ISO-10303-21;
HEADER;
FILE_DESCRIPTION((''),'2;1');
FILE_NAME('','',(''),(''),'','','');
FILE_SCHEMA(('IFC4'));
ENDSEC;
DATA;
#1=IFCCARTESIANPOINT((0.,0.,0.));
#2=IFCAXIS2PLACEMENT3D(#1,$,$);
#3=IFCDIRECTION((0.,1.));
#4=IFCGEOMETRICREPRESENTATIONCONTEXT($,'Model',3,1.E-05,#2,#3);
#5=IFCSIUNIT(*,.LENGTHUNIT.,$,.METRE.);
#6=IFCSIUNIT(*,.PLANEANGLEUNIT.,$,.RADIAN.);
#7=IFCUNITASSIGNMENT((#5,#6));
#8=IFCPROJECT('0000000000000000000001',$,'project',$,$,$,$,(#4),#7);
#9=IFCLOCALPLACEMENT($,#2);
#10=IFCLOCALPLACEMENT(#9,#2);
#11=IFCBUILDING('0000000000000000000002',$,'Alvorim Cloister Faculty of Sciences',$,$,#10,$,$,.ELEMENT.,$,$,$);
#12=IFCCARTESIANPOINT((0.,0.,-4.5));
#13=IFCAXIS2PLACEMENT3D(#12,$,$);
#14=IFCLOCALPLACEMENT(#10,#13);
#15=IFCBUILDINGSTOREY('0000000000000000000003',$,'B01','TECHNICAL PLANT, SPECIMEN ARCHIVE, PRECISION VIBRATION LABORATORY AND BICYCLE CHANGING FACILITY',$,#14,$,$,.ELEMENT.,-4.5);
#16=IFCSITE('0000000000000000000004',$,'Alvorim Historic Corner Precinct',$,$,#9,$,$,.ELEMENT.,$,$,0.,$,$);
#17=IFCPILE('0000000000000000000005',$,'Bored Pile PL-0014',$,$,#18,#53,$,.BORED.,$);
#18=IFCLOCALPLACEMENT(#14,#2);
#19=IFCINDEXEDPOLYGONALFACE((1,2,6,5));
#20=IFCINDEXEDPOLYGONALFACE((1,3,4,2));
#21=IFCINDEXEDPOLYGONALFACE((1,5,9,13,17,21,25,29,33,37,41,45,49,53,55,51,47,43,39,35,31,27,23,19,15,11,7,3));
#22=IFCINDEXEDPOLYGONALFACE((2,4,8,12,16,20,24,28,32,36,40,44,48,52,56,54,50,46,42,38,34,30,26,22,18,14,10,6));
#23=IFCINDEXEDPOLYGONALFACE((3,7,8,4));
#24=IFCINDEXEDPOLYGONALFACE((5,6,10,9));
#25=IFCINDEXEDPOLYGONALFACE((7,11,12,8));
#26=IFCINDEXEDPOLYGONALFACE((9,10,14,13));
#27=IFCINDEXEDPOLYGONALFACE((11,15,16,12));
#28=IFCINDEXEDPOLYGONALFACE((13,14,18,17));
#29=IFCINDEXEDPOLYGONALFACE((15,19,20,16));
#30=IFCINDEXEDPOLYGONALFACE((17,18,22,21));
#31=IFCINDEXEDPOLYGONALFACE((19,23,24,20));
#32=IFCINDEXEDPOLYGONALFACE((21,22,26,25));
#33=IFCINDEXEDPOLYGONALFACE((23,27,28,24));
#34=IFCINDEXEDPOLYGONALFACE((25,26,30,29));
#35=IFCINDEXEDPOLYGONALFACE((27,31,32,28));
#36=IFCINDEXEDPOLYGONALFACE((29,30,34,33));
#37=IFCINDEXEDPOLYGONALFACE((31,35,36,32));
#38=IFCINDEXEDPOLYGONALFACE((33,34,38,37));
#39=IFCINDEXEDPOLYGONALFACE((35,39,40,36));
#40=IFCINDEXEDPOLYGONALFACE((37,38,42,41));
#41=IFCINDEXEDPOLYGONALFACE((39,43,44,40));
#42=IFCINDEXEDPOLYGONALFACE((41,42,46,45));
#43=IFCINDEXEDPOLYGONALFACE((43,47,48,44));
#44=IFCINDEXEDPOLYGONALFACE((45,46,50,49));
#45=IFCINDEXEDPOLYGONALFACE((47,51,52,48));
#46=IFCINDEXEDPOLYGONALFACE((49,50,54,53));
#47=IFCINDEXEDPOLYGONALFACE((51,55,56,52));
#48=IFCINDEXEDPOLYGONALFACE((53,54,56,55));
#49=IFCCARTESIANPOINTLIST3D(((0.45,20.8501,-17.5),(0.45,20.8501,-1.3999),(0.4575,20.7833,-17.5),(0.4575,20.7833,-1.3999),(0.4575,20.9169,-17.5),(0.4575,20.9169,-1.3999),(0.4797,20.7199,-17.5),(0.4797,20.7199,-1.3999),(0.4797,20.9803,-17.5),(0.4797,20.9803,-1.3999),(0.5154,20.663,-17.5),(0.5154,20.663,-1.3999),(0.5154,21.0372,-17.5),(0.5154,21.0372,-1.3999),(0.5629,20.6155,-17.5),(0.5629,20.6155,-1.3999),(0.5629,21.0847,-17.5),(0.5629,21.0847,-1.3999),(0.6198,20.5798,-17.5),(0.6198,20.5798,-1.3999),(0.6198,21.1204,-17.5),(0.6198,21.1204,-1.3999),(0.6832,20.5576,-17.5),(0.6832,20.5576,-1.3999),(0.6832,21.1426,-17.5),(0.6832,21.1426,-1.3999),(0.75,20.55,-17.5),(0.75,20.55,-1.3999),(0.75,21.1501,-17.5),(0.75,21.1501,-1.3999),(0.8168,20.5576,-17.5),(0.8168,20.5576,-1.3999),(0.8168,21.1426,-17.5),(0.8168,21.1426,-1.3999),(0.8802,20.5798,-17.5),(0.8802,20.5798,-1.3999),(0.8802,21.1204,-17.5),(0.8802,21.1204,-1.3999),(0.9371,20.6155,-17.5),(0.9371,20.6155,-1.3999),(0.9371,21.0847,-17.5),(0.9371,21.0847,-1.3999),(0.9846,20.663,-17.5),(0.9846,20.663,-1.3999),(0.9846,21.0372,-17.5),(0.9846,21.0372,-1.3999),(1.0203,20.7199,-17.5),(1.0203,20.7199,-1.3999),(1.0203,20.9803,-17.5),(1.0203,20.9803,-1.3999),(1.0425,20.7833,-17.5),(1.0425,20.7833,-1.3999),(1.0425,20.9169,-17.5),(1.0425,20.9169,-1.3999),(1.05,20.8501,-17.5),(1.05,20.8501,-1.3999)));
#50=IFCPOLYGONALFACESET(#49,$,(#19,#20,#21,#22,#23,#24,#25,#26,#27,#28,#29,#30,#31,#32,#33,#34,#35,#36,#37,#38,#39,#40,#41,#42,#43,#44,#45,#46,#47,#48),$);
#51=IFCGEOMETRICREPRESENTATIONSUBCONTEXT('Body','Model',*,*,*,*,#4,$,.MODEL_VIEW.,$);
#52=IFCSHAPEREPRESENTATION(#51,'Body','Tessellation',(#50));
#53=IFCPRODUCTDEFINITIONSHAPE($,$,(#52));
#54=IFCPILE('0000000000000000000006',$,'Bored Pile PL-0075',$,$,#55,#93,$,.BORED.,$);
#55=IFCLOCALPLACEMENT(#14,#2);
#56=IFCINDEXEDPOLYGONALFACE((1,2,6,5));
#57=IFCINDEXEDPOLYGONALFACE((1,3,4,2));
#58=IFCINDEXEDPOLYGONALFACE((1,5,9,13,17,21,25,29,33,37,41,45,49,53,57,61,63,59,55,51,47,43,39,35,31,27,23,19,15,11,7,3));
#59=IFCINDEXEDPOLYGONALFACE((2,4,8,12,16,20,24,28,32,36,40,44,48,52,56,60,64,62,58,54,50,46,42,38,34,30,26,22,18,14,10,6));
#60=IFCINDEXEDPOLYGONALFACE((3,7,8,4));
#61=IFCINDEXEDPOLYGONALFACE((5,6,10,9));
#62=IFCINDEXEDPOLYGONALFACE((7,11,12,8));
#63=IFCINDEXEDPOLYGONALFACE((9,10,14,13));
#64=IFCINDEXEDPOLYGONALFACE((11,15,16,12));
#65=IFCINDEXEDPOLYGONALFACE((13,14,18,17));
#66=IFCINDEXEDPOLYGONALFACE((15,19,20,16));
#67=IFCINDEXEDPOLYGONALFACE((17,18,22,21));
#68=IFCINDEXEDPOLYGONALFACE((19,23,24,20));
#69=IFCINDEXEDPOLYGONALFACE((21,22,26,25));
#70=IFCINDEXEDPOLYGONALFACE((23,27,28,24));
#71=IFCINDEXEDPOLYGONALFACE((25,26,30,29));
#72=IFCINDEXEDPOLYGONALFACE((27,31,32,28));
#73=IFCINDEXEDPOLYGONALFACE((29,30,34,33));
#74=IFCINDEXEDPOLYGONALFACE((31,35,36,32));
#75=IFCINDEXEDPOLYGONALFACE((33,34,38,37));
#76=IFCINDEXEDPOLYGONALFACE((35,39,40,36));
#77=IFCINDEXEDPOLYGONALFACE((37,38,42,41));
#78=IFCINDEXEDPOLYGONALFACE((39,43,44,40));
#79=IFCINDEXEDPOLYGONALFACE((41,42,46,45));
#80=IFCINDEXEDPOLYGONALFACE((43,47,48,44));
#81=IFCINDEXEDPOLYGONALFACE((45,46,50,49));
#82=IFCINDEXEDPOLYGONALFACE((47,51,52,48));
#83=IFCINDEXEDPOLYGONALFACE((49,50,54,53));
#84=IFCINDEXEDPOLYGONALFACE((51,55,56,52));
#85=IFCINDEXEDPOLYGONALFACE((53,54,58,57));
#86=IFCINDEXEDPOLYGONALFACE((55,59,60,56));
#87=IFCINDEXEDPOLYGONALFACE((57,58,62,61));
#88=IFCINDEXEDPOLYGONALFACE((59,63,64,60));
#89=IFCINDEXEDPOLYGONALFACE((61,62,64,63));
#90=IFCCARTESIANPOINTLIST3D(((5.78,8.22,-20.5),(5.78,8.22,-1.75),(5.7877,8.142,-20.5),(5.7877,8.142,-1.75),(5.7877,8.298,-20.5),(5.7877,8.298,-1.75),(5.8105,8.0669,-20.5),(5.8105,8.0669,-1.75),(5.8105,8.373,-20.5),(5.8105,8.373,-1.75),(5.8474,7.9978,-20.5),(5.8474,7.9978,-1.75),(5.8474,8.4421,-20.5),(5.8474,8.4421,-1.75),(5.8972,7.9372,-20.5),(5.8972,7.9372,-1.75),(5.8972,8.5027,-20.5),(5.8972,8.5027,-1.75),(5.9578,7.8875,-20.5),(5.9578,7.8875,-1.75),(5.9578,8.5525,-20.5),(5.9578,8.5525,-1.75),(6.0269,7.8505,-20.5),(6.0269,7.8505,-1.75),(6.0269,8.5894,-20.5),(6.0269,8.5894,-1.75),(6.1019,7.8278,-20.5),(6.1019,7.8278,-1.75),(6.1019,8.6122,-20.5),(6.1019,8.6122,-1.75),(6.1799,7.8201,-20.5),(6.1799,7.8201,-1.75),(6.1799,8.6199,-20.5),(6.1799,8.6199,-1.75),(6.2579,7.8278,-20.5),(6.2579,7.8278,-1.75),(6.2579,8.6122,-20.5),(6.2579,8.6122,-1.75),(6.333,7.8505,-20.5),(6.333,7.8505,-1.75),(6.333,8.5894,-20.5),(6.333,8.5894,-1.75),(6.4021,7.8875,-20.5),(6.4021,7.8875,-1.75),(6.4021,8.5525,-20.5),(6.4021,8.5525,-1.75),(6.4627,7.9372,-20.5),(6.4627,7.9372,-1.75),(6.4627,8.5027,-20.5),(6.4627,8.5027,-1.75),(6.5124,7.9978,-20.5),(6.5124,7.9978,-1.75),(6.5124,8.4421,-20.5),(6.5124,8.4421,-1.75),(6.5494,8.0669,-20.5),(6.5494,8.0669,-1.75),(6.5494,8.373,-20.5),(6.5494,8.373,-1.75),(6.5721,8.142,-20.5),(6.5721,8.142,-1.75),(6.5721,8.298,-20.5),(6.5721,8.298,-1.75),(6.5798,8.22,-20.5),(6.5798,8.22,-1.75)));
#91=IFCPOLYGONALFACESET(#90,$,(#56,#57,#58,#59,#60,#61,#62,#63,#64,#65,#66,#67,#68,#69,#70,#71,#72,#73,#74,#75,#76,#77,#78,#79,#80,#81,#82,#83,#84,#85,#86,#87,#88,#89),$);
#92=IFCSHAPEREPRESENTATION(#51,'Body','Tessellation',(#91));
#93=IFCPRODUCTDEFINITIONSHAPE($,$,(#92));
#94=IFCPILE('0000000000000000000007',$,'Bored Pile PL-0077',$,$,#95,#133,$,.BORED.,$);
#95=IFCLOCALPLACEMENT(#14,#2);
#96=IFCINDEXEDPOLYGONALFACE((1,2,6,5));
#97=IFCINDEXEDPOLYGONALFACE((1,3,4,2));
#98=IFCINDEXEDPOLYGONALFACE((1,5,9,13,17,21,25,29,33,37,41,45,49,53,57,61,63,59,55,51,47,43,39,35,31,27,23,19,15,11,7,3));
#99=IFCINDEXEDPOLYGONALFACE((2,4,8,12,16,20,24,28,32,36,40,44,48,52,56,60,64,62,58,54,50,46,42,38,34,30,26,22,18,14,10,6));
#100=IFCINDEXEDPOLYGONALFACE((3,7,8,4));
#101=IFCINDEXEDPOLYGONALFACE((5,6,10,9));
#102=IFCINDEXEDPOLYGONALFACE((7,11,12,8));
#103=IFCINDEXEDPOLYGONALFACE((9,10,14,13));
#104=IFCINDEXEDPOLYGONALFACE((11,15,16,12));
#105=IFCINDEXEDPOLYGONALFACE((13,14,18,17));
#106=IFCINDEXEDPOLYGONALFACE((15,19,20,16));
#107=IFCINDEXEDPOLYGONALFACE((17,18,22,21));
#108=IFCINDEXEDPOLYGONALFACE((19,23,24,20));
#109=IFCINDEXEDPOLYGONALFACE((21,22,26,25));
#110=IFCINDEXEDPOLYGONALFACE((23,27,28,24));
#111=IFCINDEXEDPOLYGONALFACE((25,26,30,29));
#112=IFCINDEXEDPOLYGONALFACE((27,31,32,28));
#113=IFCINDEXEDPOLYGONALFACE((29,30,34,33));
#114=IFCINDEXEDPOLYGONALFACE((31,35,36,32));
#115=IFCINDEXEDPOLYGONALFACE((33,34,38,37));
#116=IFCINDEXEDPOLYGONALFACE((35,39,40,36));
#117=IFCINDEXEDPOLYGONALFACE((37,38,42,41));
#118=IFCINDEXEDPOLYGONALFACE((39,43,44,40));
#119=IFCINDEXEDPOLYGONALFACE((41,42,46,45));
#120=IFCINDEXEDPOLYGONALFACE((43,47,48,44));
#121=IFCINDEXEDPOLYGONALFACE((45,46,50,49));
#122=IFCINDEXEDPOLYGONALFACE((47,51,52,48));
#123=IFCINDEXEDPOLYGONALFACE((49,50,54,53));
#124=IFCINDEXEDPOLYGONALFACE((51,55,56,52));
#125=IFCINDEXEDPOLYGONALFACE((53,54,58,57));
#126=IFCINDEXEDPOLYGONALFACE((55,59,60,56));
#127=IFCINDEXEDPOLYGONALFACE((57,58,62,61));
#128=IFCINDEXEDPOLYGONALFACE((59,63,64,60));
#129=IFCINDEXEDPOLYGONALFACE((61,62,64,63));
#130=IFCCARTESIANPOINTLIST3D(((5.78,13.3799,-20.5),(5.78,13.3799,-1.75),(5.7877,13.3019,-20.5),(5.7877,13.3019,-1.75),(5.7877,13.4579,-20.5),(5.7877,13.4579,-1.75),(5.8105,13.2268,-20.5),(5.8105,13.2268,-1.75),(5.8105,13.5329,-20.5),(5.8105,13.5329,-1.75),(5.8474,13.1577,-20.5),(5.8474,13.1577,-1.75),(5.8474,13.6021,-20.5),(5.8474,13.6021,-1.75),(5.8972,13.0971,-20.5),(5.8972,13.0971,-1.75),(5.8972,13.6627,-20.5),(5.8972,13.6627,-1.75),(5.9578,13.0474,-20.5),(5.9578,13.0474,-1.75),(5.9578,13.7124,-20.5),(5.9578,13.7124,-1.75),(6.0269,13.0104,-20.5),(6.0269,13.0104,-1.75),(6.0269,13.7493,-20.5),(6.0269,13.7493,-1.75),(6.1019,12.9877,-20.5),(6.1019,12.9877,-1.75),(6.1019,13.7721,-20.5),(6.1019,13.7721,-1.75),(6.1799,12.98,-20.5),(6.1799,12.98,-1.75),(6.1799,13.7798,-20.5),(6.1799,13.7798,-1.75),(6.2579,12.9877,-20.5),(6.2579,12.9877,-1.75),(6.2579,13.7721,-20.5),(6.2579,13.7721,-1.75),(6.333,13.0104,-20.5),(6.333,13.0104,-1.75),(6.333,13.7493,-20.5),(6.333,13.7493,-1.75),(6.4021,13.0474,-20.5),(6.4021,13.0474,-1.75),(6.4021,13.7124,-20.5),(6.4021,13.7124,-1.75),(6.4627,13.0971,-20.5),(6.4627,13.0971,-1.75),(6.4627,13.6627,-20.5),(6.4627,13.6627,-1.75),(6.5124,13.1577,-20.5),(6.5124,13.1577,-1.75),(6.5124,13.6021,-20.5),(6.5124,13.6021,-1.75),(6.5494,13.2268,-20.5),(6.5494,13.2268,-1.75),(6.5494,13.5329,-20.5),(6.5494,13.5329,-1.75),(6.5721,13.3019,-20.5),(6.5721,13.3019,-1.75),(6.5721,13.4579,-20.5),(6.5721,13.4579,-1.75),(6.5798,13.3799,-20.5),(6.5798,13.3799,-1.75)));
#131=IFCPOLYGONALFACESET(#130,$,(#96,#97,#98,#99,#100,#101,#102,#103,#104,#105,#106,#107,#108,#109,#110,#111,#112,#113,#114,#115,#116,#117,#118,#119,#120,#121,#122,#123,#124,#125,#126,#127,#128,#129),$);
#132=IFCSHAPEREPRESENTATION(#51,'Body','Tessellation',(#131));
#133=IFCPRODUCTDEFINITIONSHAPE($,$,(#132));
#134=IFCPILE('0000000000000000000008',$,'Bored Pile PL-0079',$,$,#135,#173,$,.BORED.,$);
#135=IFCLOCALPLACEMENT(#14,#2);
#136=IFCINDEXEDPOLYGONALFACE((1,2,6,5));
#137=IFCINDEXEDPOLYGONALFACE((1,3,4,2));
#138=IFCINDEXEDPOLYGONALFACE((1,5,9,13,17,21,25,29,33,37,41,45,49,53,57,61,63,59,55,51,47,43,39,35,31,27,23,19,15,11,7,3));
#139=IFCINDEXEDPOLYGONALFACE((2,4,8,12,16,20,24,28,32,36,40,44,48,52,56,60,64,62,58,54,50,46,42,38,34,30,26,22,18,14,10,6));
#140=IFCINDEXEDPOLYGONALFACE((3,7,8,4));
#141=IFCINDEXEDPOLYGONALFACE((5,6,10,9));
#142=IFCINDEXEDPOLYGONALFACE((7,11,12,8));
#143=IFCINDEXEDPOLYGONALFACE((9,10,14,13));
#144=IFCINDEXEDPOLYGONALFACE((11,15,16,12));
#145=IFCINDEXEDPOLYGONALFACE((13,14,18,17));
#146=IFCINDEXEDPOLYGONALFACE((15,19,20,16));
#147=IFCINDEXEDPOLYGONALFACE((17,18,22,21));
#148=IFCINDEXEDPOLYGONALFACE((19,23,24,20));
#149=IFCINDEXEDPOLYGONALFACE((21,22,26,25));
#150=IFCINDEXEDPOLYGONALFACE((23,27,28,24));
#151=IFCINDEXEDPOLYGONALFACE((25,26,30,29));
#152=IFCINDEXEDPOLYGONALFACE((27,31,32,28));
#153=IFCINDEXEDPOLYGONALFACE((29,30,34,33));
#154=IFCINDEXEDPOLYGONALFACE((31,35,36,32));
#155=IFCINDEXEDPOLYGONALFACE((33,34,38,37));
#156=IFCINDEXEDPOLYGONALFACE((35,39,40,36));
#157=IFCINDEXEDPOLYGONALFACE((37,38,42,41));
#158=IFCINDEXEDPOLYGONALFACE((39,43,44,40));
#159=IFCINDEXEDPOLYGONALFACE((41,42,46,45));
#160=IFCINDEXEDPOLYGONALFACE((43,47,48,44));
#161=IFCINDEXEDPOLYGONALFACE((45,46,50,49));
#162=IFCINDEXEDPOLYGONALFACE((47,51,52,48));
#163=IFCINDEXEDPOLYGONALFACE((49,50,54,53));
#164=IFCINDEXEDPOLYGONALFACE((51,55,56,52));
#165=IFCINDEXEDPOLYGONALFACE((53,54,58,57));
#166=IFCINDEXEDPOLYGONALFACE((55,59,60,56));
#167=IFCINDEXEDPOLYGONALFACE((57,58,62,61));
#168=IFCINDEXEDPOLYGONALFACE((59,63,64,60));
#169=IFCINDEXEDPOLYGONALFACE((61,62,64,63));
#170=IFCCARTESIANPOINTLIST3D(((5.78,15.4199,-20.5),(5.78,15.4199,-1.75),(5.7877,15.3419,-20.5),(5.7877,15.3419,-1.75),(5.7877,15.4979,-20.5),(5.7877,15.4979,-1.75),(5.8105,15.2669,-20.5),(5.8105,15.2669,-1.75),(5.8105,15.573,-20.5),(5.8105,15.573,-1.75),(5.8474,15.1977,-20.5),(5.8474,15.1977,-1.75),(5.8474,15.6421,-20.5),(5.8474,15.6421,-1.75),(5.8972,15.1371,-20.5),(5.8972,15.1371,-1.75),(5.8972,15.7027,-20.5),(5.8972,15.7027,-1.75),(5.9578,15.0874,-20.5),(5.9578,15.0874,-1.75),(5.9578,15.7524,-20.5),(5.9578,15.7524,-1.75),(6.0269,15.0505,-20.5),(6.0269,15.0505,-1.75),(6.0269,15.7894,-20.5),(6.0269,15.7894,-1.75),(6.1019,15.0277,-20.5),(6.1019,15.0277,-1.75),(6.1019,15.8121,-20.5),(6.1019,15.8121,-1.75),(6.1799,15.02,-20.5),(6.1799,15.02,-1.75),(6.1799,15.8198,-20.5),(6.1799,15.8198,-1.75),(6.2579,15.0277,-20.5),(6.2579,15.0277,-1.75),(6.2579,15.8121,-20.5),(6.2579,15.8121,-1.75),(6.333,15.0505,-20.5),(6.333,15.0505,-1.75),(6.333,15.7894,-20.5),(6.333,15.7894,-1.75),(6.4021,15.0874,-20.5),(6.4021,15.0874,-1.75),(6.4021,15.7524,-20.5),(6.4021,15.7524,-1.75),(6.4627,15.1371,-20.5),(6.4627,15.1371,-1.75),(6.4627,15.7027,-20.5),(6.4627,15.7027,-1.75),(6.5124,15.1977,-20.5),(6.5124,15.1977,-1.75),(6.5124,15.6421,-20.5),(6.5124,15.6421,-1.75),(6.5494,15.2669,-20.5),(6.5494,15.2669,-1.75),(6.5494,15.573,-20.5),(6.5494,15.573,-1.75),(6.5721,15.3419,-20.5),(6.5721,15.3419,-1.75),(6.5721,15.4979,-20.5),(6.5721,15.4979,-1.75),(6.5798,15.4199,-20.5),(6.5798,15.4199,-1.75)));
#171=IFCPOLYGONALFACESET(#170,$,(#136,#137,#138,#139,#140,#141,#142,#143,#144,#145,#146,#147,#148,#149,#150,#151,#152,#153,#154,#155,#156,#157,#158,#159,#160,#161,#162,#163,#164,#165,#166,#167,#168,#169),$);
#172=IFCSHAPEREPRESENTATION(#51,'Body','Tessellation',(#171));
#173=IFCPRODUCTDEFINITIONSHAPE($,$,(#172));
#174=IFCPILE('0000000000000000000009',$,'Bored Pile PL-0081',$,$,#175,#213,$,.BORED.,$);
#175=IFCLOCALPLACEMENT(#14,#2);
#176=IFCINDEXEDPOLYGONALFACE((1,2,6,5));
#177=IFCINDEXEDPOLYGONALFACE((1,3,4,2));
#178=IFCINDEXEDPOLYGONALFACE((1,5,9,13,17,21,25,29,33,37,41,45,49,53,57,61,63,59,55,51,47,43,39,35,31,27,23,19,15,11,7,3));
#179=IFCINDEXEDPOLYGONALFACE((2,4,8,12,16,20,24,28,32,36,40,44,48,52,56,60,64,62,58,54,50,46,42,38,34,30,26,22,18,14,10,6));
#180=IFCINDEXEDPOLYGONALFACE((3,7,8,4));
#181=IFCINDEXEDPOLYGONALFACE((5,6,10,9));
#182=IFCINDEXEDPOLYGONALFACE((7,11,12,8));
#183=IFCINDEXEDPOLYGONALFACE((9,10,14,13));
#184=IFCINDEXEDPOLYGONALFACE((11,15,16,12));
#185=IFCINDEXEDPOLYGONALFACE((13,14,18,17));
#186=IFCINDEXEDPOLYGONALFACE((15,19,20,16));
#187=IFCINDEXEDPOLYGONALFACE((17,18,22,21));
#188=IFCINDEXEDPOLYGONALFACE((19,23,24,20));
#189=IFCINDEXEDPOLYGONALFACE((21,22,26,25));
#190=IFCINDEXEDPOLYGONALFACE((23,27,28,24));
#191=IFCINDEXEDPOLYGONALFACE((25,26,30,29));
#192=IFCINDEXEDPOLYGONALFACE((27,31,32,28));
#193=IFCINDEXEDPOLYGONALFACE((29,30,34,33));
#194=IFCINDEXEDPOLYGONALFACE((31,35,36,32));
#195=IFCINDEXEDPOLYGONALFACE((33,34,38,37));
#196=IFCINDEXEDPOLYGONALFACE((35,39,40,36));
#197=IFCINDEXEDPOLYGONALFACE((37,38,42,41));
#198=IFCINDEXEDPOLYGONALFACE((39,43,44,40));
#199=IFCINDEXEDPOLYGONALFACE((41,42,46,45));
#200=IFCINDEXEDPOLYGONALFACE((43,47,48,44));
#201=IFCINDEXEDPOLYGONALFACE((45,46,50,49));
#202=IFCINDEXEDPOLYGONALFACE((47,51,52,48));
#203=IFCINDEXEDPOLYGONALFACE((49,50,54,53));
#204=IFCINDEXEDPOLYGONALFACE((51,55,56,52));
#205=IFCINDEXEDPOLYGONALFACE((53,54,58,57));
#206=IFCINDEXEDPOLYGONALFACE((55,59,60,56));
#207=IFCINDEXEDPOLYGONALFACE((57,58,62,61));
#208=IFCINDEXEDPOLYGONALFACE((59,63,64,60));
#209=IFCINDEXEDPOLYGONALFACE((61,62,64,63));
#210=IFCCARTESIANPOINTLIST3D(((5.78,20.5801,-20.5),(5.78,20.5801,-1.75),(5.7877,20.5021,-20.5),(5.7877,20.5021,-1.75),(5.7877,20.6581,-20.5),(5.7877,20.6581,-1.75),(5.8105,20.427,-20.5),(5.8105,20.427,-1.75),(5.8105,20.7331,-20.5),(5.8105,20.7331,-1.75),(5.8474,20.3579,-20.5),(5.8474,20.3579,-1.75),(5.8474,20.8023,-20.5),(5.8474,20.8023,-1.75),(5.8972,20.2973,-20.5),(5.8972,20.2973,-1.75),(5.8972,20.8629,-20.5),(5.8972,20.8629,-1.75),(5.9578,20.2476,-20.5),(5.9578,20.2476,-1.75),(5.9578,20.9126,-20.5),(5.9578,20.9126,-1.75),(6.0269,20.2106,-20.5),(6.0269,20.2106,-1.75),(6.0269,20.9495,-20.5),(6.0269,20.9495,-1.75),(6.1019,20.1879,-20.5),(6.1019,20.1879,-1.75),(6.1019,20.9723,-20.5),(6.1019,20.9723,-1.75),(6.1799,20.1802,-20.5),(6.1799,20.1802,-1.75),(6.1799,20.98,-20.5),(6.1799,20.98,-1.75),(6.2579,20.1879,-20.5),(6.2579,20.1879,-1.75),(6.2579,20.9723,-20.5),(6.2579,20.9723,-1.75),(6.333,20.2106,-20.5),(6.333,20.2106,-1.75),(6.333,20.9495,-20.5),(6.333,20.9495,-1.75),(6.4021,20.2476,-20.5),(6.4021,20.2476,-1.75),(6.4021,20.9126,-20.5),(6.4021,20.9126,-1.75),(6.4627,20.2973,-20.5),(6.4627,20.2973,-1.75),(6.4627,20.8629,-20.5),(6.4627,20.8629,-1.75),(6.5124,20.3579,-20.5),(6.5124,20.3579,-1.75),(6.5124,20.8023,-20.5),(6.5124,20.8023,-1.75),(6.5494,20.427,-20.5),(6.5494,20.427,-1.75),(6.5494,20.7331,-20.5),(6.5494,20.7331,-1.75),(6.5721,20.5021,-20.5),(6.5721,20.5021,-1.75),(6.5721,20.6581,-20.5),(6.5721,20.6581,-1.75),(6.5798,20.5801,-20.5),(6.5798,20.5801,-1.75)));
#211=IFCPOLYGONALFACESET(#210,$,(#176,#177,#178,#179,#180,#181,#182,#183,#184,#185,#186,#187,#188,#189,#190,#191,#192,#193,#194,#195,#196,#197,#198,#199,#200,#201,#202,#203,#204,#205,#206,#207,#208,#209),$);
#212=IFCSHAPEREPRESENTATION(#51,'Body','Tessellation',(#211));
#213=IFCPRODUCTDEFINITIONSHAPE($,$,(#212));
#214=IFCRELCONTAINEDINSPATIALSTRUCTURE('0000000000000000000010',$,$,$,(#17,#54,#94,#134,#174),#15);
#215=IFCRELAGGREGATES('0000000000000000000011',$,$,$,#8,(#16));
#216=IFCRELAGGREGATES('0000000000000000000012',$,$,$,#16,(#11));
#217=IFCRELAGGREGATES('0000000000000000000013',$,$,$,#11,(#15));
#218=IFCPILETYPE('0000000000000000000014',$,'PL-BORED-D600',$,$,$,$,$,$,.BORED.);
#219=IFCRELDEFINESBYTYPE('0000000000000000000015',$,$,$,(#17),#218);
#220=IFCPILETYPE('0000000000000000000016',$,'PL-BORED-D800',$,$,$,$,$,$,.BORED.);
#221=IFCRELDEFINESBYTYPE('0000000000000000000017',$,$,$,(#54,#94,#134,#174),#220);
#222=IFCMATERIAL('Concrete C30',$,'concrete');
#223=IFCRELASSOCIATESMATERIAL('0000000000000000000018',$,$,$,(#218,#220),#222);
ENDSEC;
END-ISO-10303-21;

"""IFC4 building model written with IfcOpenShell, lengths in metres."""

from ifc_helpers import new_model, si_unit, direction, frame, origin, origin_2d, place, context, subcontext, project, spatial, circle, extrude, material, material_profile, profile_set, type_object, element, save


model = new_model("IFC4")

# Units and contexts
model_context = context("Model", 3, precision=1e-05, world=origin(), true_north=direction((0.0, 1.0)))
body_context = subcontext(model_context, "Body", "Model", "MODEL_VIEW")
ifc_project = project(units=[si_unit("LENGTHUNIT", "METRE"), si_unit("PLANEANGLEUNIT", "RADIAN")], contexts=[model_context])

# Site, building, storey
site_placement = place(None, origin())
site = spatial("IfcSite", under=ifc_project, at=site_placement, Name="Alvorim Historic Corner Precinct", CompositionType="ELEMENT", RefElevation=0.0)
building_placement = place(site_placement, origin())
building = spatial("IfcBuilding", under=site, at=building_placement, Name="Alvorim Cloister Faculty of Sciences", CompositionType="ELEMENT")
storey_placement = place(building_placement, frame((0.0, 0.0, -4.5)))
storey = spatial("IfcBuildingStorey", under=building, at=storey_placement, Name="B01", Description="TECHNICAL PLANT, SPECIMEN ARCHIVE, PRECISION VIBRATION LABORATORY AND BICYCLE CHANGING FACILITY", CompositionType="ELEMENT", Elevation=-4.5)

# Piles
ifc_material_1 = material(Name="Concrete C30", Category="concrete")
ifc_material_profile_1 = material_profile(ifc_material_1, circle(Radius=0.3, at=origin_2d()), Name="PILE-D600")
ifc_profile_set_1 = profile_set([ifc_material_profile_1], Name="Concrete C30")
pile_type_1 = type_object("IfcPileType", Name="PL-BORED-D600", PredefinedType="BORED", material=ifc_profile_set_1)
for number, where, z_axis, x_axis, name in (
    (1, (0.75, 20.8501, -1.3999), (0.0, 0.0, -1.0), (1.0, 0.0, 0.0), "Bored Pile PL-0014"),
):
    element("IfcPile", number, at=place(storey_placement, frame(where, z_axis=z_axis, x_axis=x_axis)), inside=storey, type_object=pile_type_1, Name=name, PredefinedType="BORED", context=body_context, shape_type="SweptSolid", body=[
        extrude(circle(Radius=0.3, at=origin_2d()), origin(), (0.0, 0.0, 1.0), 16.1001),
    ])
ifc_material_profile_2 = material_profile(ifc_material_1, circle(Radius=0.3999, at=origin_2d()), Name="PILE-D800")
ifc_profile_set_2 = profile_set([ifc_material_profile_2], Name="Concrete C30")
pile_type_2 = type_object("IfcPileType", Name="PL-BORED-D800", PredefinedType="BORED", material=ifc_profile_set_2)
for number, where, z_axis, x_axis, name in (
    (2, (6.1799, 8.22, -1.75), (0.0, 0.0, -1.0), (1.0, 0.0, 0.0), "Bored Pile PL-0075"),
    (3, (6.1799, 13.3799, -1.75), (0.0, 0.0, -1.0), (1.0, 0.0, 0.0), "Bored Pile PL-0077"),
    (4, (6.1799, 15.4199, -1.75), (0.0, 0.0, -1.0), (1.0, 0.0, 0.0), "Bored Pile PL-0079"),
    (5, (6.1799, 20.5801, -1.75), (0.0, 0.0, -1.0), (1.0, 0.0, 0.0), "Bored Pile PL-0081"),
):
    element("IfcPile", number, at=place(storey_placement, frame(where, z_axis=z_axis, x_axis=x_axis)), inside=storey, type_object=pile_type_2, Name=name, PredefinedType="BORED", context=body_context, shape_type="SweptSolid", body=[
        extrude(circle(Radius=0.3999, at=origin_2d()), origin(), (0.0, 0.0, 1.0), 18.75),
    ])

save(model, "model.ifc")
